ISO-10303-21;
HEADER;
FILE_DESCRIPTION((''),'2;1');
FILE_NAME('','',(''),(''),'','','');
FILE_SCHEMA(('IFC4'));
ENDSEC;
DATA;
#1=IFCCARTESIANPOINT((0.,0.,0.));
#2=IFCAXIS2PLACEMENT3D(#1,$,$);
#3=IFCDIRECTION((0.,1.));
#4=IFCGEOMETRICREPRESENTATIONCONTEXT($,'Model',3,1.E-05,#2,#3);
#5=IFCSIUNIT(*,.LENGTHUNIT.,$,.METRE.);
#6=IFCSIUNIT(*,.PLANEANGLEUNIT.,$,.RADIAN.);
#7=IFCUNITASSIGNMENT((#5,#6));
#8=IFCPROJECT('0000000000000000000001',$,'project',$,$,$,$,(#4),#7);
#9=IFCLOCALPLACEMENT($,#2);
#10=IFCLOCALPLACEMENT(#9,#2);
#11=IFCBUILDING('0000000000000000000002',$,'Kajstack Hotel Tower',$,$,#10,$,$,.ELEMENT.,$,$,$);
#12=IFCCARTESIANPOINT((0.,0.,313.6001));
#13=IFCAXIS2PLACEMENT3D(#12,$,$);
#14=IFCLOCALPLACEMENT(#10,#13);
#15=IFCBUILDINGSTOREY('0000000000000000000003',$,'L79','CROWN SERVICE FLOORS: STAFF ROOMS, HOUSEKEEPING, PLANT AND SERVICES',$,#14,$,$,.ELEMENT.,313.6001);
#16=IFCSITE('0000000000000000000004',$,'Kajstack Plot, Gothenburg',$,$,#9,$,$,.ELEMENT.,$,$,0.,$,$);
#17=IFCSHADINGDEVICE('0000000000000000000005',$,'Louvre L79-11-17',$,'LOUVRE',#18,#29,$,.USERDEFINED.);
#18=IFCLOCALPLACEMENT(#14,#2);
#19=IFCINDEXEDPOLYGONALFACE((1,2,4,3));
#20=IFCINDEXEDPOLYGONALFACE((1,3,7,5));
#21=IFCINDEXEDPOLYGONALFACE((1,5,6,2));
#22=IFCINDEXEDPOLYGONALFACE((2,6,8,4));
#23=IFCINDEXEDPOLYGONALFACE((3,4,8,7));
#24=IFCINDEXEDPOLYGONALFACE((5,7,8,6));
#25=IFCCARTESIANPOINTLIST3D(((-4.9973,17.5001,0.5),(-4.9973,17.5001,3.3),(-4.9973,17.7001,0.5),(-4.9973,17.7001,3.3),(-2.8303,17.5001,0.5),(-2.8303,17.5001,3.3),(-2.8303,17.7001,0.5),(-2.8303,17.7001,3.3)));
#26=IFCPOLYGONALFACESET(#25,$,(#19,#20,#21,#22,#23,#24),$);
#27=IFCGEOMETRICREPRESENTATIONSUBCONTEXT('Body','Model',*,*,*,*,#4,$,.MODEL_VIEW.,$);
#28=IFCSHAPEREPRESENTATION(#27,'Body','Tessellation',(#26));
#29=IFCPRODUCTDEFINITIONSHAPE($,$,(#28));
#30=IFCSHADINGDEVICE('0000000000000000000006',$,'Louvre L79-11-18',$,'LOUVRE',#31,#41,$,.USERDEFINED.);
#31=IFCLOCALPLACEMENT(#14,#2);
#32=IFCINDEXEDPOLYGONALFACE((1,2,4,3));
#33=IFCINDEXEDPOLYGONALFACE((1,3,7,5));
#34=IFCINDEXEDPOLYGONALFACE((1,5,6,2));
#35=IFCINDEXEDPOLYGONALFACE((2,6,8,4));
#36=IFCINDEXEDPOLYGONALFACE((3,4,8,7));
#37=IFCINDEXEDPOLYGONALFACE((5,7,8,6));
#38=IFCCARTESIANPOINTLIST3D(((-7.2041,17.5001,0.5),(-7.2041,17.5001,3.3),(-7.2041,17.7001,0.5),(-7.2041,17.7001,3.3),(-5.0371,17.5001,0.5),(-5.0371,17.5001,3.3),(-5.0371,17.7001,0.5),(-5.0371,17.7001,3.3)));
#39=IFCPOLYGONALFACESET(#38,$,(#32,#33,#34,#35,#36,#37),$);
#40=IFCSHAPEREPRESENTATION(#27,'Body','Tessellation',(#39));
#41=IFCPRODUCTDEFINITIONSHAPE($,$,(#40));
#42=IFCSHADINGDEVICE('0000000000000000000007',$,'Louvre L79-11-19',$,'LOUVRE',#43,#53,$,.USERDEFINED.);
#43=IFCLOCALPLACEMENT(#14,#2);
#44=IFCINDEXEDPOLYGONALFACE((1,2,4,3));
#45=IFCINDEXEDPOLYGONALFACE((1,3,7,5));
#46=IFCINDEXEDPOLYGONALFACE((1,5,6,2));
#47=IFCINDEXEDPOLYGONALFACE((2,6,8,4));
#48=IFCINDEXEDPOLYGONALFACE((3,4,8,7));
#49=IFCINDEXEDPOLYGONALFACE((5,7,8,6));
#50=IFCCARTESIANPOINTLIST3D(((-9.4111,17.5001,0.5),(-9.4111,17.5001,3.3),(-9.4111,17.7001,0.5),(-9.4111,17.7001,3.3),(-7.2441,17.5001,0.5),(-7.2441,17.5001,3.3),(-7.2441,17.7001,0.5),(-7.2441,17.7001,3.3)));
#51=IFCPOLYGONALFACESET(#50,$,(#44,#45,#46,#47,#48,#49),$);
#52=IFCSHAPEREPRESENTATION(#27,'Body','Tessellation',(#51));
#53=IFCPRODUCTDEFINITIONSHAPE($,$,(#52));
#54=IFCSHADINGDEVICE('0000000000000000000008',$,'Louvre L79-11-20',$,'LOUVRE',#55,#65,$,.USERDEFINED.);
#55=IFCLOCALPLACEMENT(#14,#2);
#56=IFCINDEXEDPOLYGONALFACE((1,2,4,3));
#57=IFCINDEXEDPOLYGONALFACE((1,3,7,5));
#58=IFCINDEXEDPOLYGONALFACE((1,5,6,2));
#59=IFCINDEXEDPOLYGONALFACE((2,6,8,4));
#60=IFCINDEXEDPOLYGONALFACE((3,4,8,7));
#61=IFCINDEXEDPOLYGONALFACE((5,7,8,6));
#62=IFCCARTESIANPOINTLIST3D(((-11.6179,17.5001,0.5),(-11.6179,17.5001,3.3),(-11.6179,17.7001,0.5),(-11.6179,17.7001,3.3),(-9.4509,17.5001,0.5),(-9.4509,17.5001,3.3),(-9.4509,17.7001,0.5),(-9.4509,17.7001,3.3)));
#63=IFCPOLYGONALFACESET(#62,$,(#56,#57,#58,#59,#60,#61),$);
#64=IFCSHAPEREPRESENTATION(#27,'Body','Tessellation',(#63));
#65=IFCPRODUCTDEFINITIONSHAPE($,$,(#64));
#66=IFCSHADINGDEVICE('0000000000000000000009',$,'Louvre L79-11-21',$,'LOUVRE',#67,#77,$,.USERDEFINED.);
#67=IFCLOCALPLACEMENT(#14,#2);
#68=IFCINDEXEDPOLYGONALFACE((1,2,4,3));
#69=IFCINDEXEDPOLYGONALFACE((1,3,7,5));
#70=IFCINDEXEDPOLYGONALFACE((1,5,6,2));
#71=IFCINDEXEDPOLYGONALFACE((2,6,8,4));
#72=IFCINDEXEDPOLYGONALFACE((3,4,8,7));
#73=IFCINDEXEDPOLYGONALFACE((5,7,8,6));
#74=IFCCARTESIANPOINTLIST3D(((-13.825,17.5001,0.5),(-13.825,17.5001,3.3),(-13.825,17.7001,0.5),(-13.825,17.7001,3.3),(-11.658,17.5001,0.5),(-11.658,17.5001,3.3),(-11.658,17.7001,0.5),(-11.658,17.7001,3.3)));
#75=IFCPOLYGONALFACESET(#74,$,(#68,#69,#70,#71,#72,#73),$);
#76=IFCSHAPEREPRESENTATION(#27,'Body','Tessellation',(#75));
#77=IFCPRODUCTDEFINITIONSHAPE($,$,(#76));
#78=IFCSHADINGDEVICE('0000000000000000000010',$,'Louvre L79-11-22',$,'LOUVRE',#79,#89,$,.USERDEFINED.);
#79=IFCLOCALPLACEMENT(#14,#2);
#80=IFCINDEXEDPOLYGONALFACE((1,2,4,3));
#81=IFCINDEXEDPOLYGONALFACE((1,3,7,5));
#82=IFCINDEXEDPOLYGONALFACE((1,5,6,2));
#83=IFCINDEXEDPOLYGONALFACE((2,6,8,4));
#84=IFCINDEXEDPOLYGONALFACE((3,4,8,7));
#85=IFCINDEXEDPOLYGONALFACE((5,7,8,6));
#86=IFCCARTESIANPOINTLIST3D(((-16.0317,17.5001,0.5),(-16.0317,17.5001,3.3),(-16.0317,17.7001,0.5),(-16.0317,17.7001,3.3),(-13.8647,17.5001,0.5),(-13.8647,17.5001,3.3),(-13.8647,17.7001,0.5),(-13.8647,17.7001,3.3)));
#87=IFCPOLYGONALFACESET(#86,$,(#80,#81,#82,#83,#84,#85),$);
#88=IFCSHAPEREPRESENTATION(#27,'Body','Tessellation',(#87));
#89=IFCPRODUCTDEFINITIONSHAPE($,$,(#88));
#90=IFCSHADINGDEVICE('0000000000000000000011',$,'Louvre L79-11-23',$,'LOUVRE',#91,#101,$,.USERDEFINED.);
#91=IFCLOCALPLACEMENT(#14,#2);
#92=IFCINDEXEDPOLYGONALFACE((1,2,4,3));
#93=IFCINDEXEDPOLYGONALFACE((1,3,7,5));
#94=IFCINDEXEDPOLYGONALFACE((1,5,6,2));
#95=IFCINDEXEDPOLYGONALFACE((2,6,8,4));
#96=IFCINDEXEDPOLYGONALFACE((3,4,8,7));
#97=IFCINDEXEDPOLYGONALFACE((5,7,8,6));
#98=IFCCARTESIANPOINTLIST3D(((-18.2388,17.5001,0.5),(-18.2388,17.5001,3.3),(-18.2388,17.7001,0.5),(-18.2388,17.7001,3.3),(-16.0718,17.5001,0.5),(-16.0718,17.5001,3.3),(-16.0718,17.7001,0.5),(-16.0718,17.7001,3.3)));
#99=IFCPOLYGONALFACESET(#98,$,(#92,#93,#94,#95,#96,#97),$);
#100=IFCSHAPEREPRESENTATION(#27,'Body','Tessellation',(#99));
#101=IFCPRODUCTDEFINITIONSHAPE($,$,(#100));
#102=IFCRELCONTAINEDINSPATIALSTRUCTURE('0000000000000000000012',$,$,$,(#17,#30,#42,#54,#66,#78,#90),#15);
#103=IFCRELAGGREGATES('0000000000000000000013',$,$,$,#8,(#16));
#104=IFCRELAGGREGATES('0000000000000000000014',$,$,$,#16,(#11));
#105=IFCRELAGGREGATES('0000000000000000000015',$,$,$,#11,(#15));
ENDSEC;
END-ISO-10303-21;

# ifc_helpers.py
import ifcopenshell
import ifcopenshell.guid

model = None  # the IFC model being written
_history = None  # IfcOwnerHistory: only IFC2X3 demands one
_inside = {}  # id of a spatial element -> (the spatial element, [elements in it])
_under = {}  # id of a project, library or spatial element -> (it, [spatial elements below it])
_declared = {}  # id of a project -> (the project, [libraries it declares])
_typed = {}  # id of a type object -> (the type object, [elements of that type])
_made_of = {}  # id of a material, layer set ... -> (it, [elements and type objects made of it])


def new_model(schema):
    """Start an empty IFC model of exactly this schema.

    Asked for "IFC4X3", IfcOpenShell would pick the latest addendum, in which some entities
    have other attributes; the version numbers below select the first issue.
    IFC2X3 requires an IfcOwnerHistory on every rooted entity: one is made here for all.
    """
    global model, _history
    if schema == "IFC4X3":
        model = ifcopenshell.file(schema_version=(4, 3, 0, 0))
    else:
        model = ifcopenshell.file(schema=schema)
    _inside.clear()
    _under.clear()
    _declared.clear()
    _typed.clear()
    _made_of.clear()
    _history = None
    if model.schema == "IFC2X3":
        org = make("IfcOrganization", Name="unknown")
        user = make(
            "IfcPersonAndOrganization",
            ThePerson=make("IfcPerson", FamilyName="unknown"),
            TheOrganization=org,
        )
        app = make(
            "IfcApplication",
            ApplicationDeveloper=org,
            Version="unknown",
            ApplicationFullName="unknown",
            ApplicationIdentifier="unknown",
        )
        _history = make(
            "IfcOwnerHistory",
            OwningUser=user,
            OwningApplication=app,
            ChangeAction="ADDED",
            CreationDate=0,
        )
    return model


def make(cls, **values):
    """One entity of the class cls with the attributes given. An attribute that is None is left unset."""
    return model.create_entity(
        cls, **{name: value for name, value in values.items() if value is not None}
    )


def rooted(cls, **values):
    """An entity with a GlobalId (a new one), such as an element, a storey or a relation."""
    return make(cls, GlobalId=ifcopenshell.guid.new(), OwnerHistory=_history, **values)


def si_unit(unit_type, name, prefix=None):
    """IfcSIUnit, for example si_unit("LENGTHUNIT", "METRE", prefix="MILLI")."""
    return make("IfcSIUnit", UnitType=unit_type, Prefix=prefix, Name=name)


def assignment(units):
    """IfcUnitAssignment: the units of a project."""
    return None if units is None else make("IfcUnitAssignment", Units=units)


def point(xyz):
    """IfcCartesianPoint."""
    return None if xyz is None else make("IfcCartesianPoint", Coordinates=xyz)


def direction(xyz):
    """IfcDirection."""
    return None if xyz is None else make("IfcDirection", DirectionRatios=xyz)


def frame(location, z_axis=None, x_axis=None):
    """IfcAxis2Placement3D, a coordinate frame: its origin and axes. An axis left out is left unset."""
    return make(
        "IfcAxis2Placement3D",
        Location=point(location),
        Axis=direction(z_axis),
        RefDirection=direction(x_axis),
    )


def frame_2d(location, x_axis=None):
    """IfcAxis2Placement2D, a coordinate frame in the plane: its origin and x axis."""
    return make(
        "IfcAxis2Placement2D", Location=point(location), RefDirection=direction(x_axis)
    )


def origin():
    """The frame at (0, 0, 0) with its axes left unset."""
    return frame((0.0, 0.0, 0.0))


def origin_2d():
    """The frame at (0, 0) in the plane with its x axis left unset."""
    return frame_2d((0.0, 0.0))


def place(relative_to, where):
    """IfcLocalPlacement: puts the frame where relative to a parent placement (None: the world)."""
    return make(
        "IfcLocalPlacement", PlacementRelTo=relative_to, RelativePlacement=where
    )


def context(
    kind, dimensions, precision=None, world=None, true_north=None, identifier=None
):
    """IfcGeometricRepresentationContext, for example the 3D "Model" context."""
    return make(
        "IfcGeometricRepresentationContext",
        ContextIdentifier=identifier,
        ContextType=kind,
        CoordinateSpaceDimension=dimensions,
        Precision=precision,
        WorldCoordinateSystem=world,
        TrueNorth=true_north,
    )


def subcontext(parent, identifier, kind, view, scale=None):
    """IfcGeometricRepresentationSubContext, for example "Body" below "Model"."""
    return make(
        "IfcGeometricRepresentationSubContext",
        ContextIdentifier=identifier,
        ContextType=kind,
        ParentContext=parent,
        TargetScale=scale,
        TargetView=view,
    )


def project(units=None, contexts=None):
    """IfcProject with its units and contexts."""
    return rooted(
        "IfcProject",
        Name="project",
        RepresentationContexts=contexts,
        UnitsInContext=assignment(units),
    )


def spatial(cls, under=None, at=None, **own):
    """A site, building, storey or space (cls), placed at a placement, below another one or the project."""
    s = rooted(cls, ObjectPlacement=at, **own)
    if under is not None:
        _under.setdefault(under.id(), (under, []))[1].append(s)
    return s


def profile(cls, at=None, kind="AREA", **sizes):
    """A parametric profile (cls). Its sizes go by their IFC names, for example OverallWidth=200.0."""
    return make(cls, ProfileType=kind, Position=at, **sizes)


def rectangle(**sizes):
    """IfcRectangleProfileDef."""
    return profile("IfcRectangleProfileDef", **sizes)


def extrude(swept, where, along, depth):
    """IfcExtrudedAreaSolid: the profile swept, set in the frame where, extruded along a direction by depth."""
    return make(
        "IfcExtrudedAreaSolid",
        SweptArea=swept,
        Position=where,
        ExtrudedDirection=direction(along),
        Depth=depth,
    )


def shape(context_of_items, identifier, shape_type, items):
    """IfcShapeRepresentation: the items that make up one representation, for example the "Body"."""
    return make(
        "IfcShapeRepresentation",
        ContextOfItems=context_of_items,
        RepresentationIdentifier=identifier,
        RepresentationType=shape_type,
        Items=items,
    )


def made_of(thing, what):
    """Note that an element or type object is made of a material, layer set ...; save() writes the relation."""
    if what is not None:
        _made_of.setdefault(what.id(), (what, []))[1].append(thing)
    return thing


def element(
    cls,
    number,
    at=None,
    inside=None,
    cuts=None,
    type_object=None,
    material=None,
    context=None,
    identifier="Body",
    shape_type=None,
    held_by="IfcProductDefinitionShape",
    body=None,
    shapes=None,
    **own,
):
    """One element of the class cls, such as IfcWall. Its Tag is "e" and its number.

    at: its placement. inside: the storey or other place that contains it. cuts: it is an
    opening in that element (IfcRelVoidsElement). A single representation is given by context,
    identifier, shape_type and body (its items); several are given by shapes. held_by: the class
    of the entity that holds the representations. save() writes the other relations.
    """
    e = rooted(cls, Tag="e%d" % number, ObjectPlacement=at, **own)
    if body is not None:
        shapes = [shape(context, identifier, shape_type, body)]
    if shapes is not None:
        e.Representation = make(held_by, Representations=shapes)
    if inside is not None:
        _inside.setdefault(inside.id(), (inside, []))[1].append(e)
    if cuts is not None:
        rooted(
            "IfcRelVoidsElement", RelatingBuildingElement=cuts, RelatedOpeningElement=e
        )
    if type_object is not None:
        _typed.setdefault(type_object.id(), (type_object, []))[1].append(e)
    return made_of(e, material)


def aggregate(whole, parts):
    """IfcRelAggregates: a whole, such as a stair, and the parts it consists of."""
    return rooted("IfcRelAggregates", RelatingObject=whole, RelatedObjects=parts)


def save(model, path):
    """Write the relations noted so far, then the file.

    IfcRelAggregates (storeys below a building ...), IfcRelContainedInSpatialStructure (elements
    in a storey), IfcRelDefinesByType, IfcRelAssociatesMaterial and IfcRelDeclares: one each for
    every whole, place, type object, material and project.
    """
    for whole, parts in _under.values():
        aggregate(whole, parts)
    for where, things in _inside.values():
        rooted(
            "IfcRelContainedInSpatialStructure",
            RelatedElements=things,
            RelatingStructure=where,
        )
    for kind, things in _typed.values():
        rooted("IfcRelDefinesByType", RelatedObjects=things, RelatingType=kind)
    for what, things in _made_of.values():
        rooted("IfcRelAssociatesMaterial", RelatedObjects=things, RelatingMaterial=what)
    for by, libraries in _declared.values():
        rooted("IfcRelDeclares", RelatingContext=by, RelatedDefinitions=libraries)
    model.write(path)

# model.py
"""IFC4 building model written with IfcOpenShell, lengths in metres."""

from ifc_helpers import new_model, si_unit, direction, frame, origin, origin_2d, place, context, subcontext, project, spatial, rectangle, extrude, element, save


model = new_model("IFC4")

# Units and contexts
model_context = context("Model", 3, precision=1e-05, world=origin(), true_north=direction((0.0, 1.0)))
body_context = subcontext(model_context, "Body", "Model", "MODEL_VIEW")
ifc_project = project(units=[si_unit("LENGTHUNIT", "METRE"), si_unit("PLANEANGLEUNIT", "RADIAN")], contexts=[model_context])

# Site, building, storey
site_placement = place(None, origin())
site = spatial("IfcSite", under=ifc_project, at=site_placement, Name="Kajstack Plot, Gothenburg", CompositionType="ELEMENT", RefElevation=0.0)
building_placement = place(site_placement, origin())
building = spatial("IfcBuilding", under=site, at=building_placement, Name="Kajstack Hotel Tower", CompositionType="ELEMENT")
storey_placement = place(building_placement, frame((0.0, 0.0, 313.6001)))
storey = spatial("IfcBuildingStorey", under=building, at=storey_placement, Name="L79", Description="CROWN SERVICE FLOORS: STAFF ROOMS, HOUSEKEEPING, PLANT AND SERVICES", CompositionType="ELEMENT", Elevation=313.6001)

# Shading devices
for number, where, z_axis, x_axis, name in (
    (1, (-3.9138, 17.6001, 0.5), (0.0, 0.0, 1.0), (-1.0, 0.0, 0.0), "Louvre L79-11-17"),
    (2, (-6.1206, 17.6001, 0.5), (0.0, 0.0, 1.0), (-1.0, 0.0, 0.0), "Louvre L79-11-18"),
    (3, (-8.3276, 17.6001, 0.5), (0.0, 0.0, 1.0), (-1.0, 0.0, 0.0), "Louvre L79-11-19"),
    (4, (-10.5344, 17.6001, 0.5), (0.0, 0.0, 1.0), (-1.0, 0.0, 0.0), "Louvre L79-11-20"),
    (5, (-12.7415, 17.6001, 0.5), (0.0, 0.0, 1.0), (-1.0, 0.0, 0.0), "Louvre L79-11-21"),
    (6, (-14.9482, 17.6001, 0.5), (0.0, 0.0, 1.0), (-1.0, 0.0, 0.0), "Louvre L79-11-22"),
    (7, (-17.1553, 17.6001, 0.5), (0.0, 0.0, 1.0), (-1.0, 0.0, 0.0), "Louvre L79-11-23"),
):
    element("IfcShadingDevice", number, at=place(storey_placement, frame(where, z_axis=z_axis, x_axis=x_axis)), inside=storey, Name=name, ObjectType="LOUVRE", PredefinedType="USERDEFINED", context=body_context, shape_type="SweptSolid", body=[
        extrude(rectangle(XDim=2.167, YDim=0.2, at=origin_2d()), origin(), (0.0, 0.0, 1.0), 2.8),
    ])

save(model, "model.ifc")
